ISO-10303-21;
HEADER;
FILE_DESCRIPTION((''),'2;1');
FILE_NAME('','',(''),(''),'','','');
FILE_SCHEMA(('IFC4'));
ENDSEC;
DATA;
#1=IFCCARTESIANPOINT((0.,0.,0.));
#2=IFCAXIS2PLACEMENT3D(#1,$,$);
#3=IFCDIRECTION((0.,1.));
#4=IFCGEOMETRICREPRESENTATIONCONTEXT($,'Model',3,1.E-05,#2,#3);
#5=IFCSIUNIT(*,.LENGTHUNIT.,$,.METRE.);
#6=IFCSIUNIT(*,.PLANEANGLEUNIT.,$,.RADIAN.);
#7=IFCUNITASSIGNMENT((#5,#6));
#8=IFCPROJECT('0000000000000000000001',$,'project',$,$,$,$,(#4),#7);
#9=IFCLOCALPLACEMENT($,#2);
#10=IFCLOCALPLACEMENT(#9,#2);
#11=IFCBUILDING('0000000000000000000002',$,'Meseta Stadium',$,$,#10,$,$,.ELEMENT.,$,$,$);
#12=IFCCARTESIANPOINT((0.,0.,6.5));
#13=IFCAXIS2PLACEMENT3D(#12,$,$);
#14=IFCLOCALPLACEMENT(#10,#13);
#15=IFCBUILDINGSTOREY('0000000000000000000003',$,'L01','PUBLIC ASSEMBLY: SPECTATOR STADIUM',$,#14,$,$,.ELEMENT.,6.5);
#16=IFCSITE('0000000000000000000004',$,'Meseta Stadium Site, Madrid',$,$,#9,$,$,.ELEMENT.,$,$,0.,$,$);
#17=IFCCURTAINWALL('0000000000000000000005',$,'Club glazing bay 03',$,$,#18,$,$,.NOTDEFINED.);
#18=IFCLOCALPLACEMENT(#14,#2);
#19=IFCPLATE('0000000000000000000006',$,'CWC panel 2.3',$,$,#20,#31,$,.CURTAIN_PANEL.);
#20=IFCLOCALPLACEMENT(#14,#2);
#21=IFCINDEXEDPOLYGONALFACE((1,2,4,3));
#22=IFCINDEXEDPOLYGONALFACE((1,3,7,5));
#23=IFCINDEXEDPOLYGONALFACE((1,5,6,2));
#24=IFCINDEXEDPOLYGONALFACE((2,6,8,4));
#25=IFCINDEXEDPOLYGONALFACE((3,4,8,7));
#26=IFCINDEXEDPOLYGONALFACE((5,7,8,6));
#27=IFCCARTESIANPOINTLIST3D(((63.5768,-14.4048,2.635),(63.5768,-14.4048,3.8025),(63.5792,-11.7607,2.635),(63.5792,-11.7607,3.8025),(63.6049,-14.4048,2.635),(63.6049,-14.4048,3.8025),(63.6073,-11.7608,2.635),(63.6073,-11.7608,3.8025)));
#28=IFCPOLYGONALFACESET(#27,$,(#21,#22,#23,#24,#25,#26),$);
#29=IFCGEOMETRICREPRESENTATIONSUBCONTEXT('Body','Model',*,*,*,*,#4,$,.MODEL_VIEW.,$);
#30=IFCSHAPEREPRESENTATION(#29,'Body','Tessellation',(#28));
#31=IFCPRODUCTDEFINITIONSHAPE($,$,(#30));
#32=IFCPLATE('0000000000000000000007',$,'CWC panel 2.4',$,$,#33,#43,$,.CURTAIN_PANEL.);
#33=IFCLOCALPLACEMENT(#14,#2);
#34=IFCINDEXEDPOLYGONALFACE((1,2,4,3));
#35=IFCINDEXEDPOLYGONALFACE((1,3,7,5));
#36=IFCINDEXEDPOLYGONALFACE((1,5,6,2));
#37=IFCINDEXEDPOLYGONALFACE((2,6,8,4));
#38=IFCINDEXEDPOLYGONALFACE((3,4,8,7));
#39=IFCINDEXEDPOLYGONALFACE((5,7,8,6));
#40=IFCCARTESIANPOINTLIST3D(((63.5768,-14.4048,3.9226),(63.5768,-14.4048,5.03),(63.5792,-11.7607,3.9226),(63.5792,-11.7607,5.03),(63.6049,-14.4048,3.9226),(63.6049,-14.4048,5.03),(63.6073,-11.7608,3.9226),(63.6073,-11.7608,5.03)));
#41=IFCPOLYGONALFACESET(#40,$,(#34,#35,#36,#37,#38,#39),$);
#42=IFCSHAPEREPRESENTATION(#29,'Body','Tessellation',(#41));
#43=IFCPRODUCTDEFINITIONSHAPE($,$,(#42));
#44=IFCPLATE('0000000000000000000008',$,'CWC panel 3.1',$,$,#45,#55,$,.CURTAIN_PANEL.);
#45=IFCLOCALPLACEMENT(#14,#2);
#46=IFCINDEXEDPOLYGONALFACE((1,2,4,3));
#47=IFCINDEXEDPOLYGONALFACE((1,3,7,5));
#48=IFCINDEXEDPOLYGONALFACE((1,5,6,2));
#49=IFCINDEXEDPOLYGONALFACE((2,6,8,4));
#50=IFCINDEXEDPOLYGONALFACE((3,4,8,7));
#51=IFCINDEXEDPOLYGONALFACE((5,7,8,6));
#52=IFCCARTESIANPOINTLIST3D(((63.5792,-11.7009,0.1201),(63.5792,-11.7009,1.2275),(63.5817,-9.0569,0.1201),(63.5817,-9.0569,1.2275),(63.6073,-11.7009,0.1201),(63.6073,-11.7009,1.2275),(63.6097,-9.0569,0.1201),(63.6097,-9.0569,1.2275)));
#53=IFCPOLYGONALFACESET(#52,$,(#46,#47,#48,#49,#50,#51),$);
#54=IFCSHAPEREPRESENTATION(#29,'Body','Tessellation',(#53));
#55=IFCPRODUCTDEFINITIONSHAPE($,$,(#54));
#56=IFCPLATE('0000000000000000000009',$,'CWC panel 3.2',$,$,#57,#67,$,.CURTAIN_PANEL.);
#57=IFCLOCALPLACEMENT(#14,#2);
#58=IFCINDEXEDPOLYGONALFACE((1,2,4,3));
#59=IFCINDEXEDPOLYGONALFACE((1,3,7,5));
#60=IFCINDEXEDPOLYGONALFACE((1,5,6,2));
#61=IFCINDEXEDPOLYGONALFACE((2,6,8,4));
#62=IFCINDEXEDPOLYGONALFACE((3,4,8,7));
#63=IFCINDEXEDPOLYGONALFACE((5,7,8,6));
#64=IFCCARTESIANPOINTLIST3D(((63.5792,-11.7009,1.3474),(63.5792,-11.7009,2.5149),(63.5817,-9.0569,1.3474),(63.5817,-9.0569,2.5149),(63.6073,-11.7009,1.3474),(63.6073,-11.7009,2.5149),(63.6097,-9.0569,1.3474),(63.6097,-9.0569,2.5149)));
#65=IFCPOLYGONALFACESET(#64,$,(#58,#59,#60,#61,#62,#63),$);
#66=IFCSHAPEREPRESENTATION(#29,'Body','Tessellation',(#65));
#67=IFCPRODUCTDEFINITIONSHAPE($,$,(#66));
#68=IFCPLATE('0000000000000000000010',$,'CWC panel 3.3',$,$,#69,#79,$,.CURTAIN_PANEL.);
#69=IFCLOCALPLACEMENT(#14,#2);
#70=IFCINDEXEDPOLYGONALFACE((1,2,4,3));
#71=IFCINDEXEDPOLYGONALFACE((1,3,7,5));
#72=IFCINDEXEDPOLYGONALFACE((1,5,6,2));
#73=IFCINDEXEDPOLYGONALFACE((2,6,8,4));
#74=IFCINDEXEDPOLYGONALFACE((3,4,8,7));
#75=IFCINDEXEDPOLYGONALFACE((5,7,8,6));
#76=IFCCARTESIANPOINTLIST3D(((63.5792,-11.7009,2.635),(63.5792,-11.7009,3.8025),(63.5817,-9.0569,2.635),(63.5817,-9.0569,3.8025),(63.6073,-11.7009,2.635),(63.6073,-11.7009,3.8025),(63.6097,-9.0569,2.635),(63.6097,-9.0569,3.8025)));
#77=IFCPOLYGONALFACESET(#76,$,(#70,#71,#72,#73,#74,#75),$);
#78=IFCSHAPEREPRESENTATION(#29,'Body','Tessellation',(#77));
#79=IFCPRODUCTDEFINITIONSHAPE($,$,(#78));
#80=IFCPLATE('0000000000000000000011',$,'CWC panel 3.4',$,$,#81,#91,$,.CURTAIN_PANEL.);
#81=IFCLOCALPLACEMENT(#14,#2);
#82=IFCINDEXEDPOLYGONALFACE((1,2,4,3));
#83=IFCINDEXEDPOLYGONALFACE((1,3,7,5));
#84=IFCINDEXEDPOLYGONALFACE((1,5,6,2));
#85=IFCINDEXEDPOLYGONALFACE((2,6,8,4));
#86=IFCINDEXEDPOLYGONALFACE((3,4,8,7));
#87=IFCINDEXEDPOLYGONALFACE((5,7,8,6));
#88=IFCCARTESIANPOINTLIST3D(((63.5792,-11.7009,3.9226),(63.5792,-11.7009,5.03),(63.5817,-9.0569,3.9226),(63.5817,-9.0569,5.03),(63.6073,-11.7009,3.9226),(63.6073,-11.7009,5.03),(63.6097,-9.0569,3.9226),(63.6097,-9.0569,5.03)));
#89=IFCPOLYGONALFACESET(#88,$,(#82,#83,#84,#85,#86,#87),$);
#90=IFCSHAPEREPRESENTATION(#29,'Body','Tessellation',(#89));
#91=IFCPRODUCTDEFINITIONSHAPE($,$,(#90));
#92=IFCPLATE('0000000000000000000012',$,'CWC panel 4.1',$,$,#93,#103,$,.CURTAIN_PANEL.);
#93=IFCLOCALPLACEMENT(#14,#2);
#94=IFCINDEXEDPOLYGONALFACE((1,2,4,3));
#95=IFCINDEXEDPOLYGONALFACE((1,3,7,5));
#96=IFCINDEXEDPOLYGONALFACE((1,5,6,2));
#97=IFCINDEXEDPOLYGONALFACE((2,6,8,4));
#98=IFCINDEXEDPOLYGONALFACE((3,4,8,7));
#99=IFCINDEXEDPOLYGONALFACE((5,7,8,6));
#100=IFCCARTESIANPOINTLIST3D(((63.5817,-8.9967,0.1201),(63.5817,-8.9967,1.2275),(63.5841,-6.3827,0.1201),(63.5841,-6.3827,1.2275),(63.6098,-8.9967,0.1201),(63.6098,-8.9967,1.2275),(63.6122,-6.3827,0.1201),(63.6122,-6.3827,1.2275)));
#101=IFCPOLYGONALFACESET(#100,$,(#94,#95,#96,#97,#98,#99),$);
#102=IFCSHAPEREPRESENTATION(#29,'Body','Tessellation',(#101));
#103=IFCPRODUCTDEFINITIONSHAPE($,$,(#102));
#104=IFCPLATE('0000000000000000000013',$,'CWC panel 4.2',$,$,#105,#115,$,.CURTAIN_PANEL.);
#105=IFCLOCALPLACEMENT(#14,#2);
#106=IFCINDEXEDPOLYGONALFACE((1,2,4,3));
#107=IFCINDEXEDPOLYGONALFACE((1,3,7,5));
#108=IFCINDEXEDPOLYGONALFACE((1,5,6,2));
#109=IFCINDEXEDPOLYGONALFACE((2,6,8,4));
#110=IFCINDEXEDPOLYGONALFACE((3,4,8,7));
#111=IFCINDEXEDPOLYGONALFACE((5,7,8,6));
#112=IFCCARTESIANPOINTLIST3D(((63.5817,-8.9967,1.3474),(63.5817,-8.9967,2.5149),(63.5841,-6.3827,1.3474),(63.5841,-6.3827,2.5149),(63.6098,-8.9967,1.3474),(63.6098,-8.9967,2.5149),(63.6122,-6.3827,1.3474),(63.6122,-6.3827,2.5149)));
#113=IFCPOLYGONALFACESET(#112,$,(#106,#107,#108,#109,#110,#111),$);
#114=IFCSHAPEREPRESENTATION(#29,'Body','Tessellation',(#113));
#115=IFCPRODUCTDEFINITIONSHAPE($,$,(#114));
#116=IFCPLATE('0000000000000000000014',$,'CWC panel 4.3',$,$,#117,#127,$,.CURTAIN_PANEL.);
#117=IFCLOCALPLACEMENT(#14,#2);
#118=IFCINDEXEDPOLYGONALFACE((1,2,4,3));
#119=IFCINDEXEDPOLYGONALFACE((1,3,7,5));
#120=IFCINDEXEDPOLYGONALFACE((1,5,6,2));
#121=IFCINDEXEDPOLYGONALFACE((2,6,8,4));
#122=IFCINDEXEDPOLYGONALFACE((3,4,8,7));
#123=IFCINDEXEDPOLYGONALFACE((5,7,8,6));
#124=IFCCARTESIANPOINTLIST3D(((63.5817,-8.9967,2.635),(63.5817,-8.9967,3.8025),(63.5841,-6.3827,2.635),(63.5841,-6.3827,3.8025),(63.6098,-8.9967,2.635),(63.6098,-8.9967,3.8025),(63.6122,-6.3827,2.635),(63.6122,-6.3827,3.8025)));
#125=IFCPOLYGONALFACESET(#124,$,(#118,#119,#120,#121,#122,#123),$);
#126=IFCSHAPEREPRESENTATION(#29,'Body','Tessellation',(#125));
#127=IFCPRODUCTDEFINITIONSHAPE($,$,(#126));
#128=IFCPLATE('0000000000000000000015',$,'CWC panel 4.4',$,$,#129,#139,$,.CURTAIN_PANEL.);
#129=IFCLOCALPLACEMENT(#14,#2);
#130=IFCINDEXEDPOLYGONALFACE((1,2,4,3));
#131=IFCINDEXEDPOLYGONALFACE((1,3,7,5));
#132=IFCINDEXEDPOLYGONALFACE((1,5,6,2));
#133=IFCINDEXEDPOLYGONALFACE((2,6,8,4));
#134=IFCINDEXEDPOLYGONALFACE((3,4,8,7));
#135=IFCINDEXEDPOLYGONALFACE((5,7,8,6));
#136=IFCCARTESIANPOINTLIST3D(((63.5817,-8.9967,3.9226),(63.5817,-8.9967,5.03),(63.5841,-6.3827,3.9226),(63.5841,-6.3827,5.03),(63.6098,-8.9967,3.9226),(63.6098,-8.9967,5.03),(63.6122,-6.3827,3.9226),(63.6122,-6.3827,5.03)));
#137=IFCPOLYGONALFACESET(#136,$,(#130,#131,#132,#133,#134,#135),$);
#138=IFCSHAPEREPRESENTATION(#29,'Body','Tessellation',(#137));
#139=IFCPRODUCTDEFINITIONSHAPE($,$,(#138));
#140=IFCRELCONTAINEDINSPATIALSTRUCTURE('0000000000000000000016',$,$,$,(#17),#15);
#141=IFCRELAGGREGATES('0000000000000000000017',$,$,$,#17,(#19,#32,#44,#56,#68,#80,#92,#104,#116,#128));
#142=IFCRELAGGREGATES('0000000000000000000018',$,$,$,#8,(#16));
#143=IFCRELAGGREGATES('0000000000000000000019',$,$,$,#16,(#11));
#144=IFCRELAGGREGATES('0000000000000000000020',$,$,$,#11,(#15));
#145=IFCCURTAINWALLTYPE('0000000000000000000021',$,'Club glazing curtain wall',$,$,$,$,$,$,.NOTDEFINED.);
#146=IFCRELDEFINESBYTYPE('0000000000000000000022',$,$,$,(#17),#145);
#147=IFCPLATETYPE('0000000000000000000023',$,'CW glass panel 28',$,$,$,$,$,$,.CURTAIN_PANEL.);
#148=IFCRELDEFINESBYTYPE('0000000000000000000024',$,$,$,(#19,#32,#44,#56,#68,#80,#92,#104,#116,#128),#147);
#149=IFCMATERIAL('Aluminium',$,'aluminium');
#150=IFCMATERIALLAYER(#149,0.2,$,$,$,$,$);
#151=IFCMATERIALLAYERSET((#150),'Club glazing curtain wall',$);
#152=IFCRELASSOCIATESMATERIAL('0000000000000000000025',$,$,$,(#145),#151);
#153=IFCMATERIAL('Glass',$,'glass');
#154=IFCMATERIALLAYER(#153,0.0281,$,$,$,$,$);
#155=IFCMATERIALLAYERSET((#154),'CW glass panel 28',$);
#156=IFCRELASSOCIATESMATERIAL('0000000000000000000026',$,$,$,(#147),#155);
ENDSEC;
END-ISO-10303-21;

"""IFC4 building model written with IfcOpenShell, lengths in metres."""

from ifc_helpers import new_model, si_unit, direction, frame, origin, origin_2d, place, context, subcontext, project, spatial, rectangle, extrude, material, layer, layer_set, type_object, element, aggregate, save


model = new_model("IFC4")

# Units and contexts
model_context = context("Model", 3, precision=1e-05, world=origin(), true_north=direction((0.0, 1.0)))
body_context = subcontext(model_context, "Body", "Model", "MODEL_VIEW")
ifc_project = project(units=[si_unit("LENGTHUNIT", "METRE"), si_unit("PLANEANGLEUNIT", "RADIAN")], contexts=[model_context])

# Site, building, storey
site_placement = place(None, origin())
site = spatial("IfcSite", under=ifc_project, at=site_placement, Name="Meseta Stadium Site, Madrid", CompositionType="ELEMENT", RefElevation=0.0)
building_placement = place(site_placement, origin())
building = spatial("IfcBuilding", under=site, at=building_placement, Name="Meseta Stadium", CompositionType="ELEMENT")
storey_placement = place(building_placement, frame((0.0, 0.0, 6.5)))
storey = spatial("IfcBuildingStorey", under=building, at=storey_placement, Name="L01", Description="PUBLIC ASSEMBLY: SPECTATOR STADIUM", CompositionType="ELEMENT", Elevation=6.5)

# Curtain wall
ifc_material_1 = material(Name="Aluminium", Category="aluminium")
ifc_layer_1 = layer(ifc_material_1, 0.2)
ifc_layer_set_1 = layer_set([ifc_layer_1], Name="Club glazing curtain wall")
curtain_wall_type = type_object("IfcCurtainWallType", Name="Club glazing curtain wall", PredefinedType="NOTDEFINED", material=ifc_layer_set_1)
curtain_wall_placement = place(storey_placement, origin())
curtain_wall = element("IfcCurtainWall", 1, at=curtain_wall_placement, inside=storey, type_object=curtain_wall_type, Name="Club glazing bay 03", PredefinedType="NOTDEFINED")

# Plates
ifc_material_2 = material(Name="Glass", Category="glass")
ifc_layer_2 = layer(ifc_material_2, 0.0281)
ifc_layer_set_2 = layer_set([ifc_layer_2], Name="CW glass panel 28")
plate_type = type_object("IfcPlateType", Name="CW glass panel 28", PredefinedType="CURTAIN_PANEL", material=ifc_layer_set_2)
plate_1_placement = place(storey_placement, frame((63.592, -13.0828, 2.635), z_axis=(0.0, 0.0, 1.0), x_axis=(0.000925, 1.0, 0.0)))
plate_1 = element("IfcPlate", 2, at=plate_1_placement, type_object=plate_type, Name="CWC panel 2.3", PredefinedType="CURTAIN_PANEL", context=body_context, shape_type="SweptSolid", body=[
    extrude(rectangle(XDim=2.644, YDim=0.0281, at=origin_2d()), origin(), (0.0, 0.0, 1.0), 1.1675),
])
plate_2_placement = place(storey_placement, frame((63.592, -13.0828, 3.9226), z_axis=(0.0, 0.0, 1.0), x_axis=(0.000925, 1.0, 0.0)))
plate_2 = element("IfcPlate", 3, at=plate_2_placement, type_object=plate_type, Name="CWC panel 2.4", PredefinedType="CURTAIN_PANEL", context=body_context, shape_type="SweptSolid", body=[
    extrude(rectangle(XDim=2.644, YDim=0.0281, at=origin_2d()), origin(), (0.0, 0.0, 1.0), 1.1074),
])
plate_3_placement = place(storey_placement, frame((63.5945, -10.3789, 0.1201), z_axis=(0.0, 0.0, 1.0), x_axis=(0.000925, 1.0, 0.0)))
plate_3 = element("IfcPlate", 4, at=plate_3_placement, type_object=plate_type, Name="CWC panel 3.1", PredefinedType="CURTAIN_PANEL", context=body_context, shape_type="SweptSolid", body=[
    extrude(rectangle(XDim=2.644, YDim=0.0281, at=origin_2d()), origin(), (0.0, 0.0, 1.0), 1.1074),
])
plate_4_placement = place(storey_placement, frame((63.5945, -10.3789, 1.3474), z_axis=(0.0, 0.0, 1.0), x_axis=(0.000925, 1.0, 0.0)))
plate_4 = element("IfcPlate", 5, at=plate_4_placement, type_object=plate_type, Name="CWC panel 3.2", PredefinedType="CURTAIN_PANEL", context=body_context, shape_type="SweptSolid", body=[
    extrude(rectangle(XDim=2.644, YDim=0.0281, at=origin_2d()), origin(), (0.0, 0.0, 1.0), 1.1675),
])
plate_5_placement = place(storey_placement, frame((63.5945, -10.3789, 2.635), z_axis=(0.0, 0.0, 1.0), x_axis=(0.000925, 1.0, 0.0)))
plate_5 = element("IfcPlate", 6, at=plate_5_placement, type_object=plate_type, Name="CWC panel 3.3", PredefinedType="CURTAIN_PANEL", context=body_context, shape_type="SweptSolid", body=[
    extrude(rectangle(XDim=2.644, YDim=0.0281, at=origin_2d()), origin(), (0.0, 0.0, 1.0), 1.1675),
])
plate_6_placement = place(storey_placement, frame((63.5945, -10.3789, 3.9226), z_axis=(0.0, 0.0, 1.0), x_axis=(0.000925, 1.0, 0.0)))
plate_6 = element("IfcPlate", 7, at=plate_6_placement, type_object=plate_type, Name="CWC panel 3.4", PredefinedType="CURTAIN_PANEL", context=body_context, shape_type="SweptSolid", body=[
    extrude(rectangle(XDim=2.644, YDim=0.0281, at=origin_2d()), origin(), (0.0, 0.0, 1.0), 1.1074),
])
plate_7_placement = place(storey_placement, frame((63.5969, -7.6897, 0.1201), z_axis=(0.0, 0.0, 1.0), x_axis=(0.000925, 1.0, 0.0)))
plate_7 = element("IfcPlate", 8, at=plate_7_placement, type_object=plate_type, Name="CWC panel 4.1", PredefinedType="CURTAIN_PANEL", context=body_context, shape_type="SweptSolid", body=[
    extrude(rectangle(XDim=2.614, YDim=0.0281, at=origin_2d()), origin(), (0.0, 0.0, 1.0), 1.1074),
])
plate_8_placement = place(storey_placement, frame((63.5969, -7.6897, 1.3474), z_axis=(0.0, 0.0, 1.0), x_axis=(0.000925, 1.0, 0.0)))
plate_8 = element("IfcPlate", 9, at=plate_8_placement, type_object=plate_type, Name="CWC panel 4.2", PredefinedType="CURTAIN_PANEL", context=body_context, shape_type="SweptSolid", body=[
    extrude(rectangle(XDim=2.614, YDim=0.0281, at=origin_2d()), origin(), (0.0, 0.0, 1.0), 1.1675),
])
plate_9_placement = place(storey_placement, frame((63.5969, -7.6897, 2.635), z_axis=(0.0, 0.0, 1.0), x_axis=(0.000925, 1.0, 0.0)))
plate_9 = element("IfcPlate", 10, at=plate_9_placement, type_object=plate_type, Name="CWC panel 4.3", PredefinedType="CURTAIN_PANEL", context=body_context, shape_type="SweptSolid", body=[
    extrude(rectangle(XDim=2.614, YDim=0.0281, at=origin_2d()), origin(), (0.0, 0.0, 1.0), 1.1675),
])
plate_10_placement = place(storey_placement, frame((63.5969, -7.6897, 3.9226), z_axis=(0.0, 0.0, 1.0), x_axis=(0.000925, 1.0, 0.0)))
plate_10 = element("IfcPlate", 11, at=plate_10_placement, type_object=plate_type, Name="CWC panel 4.4", PredefinedType="CURTAIN_PANEL", context=body_context, shape_type="SweptSolid", body=[
    extrude(rectangle(XDim=2.614, YDim=0.0281, at=origin_2d()), origin(), (0.0, 0.0, 1.0), 1.1074),
])
aggregate(curtain_wall, [plate_1, plate_2, plate_3, plate_4, plate_5, plate_6, plate_7, plate_8, plate_9, plate_10])

save(model, "model.ifc")
